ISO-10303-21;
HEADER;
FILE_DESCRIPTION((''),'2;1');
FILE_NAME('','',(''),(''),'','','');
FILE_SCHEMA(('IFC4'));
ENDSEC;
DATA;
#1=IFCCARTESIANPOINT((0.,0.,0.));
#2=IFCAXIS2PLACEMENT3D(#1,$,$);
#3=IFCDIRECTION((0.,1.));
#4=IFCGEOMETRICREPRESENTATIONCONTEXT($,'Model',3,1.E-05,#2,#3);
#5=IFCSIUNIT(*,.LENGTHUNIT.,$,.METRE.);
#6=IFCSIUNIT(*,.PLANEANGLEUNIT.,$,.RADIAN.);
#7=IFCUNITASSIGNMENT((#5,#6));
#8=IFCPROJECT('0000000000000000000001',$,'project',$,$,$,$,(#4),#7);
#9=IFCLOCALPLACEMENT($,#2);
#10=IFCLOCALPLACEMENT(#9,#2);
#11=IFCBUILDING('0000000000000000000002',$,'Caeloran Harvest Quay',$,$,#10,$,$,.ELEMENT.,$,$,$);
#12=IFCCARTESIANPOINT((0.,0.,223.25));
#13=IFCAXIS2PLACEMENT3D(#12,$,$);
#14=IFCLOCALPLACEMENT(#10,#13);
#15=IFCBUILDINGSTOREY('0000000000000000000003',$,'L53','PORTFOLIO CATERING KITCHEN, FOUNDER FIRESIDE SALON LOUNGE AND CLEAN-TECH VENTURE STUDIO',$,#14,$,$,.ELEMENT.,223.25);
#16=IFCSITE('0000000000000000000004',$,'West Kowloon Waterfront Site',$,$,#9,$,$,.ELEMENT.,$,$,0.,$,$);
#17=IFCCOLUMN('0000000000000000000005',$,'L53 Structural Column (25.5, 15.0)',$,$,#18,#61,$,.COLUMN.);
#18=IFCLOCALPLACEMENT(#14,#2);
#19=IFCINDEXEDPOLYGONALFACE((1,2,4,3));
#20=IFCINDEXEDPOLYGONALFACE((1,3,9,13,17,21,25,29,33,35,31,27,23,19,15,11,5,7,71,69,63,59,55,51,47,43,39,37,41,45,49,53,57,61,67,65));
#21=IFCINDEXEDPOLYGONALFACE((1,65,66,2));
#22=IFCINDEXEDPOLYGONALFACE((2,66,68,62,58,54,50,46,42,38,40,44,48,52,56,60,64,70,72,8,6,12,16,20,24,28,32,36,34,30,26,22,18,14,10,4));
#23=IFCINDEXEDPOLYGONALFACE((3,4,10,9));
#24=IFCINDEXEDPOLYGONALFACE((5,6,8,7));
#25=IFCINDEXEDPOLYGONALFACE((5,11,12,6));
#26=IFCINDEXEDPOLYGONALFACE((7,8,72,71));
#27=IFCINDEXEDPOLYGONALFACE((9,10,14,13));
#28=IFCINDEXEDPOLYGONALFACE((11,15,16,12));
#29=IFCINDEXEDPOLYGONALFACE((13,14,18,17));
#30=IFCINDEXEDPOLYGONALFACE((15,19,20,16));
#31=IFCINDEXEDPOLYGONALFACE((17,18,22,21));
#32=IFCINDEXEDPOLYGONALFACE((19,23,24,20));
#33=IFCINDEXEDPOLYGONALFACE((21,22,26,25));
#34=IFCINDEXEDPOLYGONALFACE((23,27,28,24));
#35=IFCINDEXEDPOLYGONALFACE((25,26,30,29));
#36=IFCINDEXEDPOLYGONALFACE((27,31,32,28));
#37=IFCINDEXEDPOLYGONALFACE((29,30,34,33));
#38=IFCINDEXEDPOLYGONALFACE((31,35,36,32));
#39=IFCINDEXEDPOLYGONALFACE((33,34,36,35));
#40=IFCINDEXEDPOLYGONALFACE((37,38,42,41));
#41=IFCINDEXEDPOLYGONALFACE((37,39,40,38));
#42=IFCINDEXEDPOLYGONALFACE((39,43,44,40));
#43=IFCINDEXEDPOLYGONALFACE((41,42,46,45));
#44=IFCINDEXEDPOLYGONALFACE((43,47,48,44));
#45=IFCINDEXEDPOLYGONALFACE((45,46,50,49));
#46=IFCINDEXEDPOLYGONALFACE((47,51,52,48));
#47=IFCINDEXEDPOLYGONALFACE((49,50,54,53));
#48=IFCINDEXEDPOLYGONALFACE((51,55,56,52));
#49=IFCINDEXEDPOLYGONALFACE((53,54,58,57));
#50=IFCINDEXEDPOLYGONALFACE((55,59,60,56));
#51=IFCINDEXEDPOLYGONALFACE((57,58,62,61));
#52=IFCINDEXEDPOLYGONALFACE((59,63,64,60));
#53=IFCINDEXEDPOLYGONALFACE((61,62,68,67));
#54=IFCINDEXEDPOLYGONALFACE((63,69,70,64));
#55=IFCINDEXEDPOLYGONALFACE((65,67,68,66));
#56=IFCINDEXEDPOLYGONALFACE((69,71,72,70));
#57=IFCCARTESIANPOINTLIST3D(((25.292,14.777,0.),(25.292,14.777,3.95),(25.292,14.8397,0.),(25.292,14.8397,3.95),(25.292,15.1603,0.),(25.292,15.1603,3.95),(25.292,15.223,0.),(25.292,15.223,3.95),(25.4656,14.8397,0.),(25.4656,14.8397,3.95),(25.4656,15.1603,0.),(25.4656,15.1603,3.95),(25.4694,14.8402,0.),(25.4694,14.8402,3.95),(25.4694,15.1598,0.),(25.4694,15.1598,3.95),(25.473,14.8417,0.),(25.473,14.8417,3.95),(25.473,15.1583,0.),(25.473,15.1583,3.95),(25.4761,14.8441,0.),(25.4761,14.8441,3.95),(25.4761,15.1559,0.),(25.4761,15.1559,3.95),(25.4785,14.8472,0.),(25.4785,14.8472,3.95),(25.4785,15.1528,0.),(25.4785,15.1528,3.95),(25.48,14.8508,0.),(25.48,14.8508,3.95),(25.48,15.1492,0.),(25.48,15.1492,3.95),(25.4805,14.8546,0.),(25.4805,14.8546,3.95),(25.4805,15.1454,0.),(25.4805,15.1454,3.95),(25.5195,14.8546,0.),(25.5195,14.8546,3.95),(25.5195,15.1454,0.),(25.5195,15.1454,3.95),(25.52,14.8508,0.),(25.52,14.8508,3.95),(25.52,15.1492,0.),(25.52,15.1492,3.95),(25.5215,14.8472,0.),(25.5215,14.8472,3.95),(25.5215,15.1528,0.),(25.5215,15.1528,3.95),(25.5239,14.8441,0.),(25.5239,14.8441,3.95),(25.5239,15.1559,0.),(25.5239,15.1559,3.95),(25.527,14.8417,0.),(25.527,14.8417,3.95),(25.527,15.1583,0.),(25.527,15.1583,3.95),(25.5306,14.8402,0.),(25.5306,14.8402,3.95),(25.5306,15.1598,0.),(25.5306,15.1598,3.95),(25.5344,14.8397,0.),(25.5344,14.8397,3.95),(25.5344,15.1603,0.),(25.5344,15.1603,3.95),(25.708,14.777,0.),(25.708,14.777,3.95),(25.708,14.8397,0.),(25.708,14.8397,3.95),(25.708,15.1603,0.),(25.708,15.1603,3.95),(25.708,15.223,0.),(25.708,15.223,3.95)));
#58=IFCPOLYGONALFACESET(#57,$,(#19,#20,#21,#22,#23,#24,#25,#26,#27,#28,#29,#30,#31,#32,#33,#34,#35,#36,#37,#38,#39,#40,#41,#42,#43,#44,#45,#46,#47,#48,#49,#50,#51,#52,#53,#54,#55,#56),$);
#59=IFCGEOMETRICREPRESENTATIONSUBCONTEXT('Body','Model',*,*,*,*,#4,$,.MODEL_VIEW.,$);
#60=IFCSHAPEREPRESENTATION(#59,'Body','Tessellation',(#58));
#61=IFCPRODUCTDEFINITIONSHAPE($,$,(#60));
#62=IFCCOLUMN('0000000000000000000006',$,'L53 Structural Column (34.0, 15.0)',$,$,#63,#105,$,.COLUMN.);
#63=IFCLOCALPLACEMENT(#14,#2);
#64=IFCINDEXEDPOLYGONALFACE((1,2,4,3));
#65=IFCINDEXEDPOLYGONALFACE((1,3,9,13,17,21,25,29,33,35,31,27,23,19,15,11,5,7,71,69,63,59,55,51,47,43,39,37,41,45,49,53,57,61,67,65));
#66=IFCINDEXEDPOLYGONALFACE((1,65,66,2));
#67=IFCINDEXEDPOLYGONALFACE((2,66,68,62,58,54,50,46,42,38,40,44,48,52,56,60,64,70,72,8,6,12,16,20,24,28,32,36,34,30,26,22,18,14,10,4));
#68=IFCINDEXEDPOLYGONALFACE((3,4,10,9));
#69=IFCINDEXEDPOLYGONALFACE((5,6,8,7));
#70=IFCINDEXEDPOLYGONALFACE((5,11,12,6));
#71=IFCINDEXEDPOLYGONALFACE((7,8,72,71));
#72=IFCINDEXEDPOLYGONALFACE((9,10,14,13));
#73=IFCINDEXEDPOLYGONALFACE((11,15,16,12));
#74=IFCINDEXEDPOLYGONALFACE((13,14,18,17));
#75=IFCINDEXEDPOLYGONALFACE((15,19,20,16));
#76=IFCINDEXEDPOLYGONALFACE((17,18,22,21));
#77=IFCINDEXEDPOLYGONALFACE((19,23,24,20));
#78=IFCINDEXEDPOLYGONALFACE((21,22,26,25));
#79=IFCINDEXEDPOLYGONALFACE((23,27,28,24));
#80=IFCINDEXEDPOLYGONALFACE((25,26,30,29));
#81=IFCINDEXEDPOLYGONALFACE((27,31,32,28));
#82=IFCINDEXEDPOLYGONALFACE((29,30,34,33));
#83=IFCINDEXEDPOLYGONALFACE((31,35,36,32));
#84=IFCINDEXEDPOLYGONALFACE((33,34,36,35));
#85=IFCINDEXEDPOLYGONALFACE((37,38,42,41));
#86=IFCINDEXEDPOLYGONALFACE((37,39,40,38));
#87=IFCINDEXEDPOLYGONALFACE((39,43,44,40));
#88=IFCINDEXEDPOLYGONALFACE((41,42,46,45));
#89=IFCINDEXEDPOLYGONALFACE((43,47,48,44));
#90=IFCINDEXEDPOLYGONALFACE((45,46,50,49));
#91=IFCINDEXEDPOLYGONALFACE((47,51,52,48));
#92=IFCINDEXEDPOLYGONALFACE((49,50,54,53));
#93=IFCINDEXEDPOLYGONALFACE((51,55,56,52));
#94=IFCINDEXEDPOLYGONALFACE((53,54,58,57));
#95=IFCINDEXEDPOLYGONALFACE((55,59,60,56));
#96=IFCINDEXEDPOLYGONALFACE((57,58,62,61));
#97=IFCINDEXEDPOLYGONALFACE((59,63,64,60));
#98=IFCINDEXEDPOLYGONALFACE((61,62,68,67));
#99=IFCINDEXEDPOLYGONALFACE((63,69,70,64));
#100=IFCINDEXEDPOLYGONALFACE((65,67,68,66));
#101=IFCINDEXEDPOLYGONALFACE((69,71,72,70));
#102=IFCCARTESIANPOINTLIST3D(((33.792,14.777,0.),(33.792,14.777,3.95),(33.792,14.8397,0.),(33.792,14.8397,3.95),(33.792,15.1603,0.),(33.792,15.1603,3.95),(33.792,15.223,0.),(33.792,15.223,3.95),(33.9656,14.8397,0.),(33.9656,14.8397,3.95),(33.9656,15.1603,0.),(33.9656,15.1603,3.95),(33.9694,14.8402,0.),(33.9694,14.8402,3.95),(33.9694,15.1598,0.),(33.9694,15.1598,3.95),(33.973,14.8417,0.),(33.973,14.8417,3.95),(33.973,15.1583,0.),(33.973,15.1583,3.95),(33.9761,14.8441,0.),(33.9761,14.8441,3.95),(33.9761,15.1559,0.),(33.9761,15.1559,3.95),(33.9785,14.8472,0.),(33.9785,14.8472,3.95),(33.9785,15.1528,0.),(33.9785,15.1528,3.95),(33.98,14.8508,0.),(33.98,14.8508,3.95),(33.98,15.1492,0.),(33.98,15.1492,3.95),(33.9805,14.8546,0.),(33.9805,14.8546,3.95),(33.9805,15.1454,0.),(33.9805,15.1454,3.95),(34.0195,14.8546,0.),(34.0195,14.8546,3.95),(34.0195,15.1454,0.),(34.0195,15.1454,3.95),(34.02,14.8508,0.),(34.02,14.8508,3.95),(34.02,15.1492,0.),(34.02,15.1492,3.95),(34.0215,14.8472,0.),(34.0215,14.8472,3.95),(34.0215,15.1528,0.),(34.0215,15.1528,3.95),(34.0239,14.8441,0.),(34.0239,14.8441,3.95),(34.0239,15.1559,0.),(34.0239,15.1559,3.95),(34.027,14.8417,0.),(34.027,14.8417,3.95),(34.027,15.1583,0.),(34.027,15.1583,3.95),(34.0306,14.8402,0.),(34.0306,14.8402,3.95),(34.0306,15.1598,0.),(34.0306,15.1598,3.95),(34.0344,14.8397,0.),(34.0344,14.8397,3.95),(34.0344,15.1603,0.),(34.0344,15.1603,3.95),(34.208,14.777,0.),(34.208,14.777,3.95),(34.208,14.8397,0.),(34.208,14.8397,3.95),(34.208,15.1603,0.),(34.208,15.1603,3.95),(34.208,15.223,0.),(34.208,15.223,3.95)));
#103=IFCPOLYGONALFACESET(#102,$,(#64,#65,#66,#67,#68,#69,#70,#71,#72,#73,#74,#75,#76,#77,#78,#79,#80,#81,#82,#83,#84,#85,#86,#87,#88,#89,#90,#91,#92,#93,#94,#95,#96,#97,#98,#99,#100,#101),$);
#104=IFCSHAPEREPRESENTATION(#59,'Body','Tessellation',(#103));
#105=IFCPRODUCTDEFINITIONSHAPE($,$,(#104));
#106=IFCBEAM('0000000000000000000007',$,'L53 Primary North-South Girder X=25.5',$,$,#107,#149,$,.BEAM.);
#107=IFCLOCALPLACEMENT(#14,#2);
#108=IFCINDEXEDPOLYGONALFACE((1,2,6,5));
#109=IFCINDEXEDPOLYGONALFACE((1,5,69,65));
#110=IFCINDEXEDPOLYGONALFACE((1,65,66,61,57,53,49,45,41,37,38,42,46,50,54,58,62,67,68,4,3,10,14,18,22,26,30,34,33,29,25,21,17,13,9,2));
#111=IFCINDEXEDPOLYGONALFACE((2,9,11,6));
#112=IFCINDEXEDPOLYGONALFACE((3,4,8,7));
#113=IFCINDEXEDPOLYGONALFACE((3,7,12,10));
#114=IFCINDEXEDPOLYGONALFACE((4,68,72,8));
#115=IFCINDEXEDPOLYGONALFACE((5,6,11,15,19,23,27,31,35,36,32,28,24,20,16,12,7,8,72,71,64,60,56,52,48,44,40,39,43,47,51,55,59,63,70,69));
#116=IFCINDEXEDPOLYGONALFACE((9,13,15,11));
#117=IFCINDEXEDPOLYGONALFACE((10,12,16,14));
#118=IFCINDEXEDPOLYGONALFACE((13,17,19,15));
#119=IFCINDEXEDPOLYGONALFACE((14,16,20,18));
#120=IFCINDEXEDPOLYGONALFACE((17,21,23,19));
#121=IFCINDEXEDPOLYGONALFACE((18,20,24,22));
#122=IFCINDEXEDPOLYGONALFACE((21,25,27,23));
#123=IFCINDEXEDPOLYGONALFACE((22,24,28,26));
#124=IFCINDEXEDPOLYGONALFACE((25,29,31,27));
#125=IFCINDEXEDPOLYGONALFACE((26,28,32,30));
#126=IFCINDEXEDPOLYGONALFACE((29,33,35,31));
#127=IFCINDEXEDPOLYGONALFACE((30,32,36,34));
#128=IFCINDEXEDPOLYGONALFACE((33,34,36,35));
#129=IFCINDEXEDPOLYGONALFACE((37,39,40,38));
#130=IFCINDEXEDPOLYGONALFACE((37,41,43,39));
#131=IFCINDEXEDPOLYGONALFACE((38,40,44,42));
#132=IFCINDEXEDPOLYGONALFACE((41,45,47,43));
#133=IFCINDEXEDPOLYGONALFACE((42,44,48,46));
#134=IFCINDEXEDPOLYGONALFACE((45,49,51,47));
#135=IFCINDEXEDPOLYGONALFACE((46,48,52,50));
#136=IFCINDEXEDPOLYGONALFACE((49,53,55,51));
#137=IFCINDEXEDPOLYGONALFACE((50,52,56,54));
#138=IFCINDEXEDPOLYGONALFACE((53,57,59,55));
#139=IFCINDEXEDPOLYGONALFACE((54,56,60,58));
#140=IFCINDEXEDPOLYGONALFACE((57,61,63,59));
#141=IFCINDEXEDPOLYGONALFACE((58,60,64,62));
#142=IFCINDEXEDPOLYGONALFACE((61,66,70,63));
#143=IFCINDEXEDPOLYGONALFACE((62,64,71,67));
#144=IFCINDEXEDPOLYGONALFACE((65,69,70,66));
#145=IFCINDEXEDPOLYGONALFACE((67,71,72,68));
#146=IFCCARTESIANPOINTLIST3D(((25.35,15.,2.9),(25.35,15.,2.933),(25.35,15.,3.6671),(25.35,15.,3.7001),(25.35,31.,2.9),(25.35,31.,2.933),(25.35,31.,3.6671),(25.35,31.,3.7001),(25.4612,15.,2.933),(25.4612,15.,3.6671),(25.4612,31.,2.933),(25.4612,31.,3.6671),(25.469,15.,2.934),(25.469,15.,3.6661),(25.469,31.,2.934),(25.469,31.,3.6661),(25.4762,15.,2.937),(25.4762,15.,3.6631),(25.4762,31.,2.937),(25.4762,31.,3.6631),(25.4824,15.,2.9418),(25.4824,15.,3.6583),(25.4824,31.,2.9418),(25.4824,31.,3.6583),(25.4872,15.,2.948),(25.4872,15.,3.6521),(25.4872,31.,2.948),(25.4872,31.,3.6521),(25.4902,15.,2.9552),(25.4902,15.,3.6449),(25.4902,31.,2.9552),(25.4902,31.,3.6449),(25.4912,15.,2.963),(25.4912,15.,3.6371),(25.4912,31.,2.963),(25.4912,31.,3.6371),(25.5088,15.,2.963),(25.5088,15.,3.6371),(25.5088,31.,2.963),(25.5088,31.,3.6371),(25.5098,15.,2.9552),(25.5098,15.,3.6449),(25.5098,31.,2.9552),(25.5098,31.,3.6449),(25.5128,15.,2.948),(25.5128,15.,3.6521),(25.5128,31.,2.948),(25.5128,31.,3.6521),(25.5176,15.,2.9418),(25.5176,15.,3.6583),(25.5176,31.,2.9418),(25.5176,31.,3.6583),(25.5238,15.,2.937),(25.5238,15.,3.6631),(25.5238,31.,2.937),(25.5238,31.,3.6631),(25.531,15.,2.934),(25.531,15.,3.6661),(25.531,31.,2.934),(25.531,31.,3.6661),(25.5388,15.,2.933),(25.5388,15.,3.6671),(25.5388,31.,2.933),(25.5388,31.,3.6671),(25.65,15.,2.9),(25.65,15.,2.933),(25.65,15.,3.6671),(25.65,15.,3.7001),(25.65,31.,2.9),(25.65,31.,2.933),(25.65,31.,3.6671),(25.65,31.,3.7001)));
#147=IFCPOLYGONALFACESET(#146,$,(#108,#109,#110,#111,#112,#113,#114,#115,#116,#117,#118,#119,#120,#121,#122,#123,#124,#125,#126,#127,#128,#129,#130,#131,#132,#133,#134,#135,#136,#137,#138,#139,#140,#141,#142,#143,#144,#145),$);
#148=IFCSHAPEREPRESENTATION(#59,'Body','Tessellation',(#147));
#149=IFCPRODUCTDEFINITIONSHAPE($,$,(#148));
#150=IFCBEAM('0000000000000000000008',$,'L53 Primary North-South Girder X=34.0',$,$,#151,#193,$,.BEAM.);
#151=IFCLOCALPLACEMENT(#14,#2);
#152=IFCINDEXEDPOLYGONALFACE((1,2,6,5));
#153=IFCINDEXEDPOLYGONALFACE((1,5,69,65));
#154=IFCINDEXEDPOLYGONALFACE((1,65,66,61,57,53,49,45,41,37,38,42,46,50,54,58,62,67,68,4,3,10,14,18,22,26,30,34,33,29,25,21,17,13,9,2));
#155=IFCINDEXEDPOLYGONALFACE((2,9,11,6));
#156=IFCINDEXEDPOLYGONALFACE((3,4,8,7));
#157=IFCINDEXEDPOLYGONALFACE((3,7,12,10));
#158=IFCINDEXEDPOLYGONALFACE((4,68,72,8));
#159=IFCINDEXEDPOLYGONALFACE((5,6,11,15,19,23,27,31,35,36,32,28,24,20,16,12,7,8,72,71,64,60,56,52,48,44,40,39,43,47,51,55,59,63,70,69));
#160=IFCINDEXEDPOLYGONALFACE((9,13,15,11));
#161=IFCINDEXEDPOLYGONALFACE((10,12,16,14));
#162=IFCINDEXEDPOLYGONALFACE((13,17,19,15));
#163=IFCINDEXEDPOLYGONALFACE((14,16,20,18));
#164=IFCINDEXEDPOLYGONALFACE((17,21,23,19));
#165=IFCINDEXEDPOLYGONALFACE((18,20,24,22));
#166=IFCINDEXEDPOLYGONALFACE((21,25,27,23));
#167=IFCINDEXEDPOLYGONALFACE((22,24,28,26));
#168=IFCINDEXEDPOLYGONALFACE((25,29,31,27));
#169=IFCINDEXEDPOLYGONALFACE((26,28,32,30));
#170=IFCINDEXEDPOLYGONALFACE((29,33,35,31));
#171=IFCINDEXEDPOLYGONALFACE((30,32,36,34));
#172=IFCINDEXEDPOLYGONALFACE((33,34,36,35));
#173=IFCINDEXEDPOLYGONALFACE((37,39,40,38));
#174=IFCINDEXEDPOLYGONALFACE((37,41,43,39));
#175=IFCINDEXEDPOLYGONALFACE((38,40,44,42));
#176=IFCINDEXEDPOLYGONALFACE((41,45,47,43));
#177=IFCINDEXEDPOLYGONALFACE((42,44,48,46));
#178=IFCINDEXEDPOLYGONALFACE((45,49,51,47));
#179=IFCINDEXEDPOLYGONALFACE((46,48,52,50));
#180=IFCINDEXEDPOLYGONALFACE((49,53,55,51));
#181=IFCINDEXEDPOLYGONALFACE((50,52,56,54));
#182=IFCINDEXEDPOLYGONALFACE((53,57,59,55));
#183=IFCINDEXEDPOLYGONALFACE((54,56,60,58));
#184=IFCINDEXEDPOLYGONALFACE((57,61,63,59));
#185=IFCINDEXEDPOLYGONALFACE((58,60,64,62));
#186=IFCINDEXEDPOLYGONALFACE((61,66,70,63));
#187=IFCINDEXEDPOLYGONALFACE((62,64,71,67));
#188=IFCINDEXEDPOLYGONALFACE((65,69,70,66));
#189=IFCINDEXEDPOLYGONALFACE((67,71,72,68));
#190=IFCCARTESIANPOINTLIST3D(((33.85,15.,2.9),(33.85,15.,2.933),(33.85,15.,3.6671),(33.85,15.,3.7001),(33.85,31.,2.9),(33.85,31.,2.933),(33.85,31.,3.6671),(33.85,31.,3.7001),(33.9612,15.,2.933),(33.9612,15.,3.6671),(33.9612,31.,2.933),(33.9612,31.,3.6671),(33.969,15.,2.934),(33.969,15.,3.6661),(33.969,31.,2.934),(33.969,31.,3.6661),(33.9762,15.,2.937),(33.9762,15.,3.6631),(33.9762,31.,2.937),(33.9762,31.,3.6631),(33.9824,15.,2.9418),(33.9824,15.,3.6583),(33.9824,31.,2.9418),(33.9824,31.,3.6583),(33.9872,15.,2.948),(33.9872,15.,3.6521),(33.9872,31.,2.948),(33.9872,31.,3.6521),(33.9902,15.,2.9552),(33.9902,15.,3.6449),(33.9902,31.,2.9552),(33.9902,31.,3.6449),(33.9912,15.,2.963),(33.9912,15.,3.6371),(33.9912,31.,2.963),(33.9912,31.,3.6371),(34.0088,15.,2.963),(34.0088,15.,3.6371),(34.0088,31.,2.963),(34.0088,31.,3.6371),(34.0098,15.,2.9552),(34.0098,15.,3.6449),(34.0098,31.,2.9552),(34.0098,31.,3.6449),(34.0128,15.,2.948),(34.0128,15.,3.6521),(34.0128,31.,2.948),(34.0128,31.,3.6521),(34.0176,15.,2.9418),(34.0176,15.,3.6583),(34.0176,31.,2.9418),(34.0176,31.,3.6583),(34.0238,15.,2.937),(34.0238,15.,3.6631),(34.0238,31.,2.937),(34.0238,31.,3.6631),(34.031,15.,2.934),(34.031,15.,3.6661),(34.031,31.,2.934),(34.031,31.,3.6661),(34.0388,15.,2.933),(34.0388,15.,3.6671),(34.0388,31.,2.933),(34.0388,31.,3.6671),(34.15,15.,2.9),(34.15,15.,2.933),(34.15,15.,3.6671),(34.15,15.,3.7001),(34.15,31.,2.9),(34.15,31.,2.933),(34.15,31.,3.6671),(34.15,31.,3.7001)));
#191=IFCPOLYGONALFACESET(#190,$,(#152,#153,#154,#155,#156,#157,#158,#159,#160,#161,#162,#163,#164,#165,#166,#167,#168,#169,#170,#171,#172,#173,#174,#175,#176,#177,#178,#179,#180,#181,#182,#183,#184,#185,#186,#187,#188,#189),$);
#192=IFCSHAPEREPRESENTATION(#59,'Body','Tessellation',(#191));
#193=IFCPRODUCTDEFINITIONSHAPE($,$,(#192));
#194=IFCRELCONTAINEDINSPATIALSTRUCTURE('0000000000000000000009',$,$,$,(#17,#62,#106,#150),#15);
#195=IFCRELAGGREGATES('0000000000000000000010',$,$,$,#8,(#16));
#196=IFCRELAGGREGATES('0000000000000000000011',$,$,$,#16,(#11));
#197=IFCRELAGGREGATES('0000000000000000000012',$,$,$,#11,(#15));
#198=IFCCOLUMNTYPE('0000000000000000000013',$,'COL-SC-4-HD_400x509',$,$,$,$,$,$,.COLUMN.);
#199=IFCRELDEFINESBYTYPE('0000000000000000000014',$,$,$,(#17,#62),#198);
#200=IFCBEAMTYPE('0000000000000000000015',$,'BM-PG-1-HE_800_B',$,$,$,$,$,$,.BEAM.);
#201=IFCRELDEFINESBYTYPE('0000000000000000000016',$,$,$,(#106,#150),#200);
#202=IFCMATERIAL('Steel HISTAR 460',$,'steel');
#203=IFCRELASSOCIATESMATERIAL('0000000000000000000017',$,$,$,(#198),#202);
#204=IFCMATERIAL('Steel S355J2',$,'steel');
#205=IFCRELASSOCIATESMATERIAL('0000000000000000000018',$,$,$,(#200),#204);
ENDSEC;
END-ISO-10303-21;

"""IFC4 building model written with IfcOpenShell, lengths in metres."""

from ifc_helpers import new_model, si_unit, direction, frame, origin, origin_2d, place, context, subcontext, project, spatial, i_section, extrude, material, material_profile, profile_set, type_object, element, save


model = new_model("IFC4")

# Units and contexts
model_context = context("Model", 3, precision=1e-05, world=origin(), true_north=direction((0.0, 1.0)))
body_context = subcontext(model_context, "Body", "Model", "MODEL_VIEW")
ifc_project = project(units=[si_unit("LENGTHUNIT", "METRE"), si_unit("PLANEANGLEUNIT", "RADIAN")], contexts=[model_context])

# Site, building, storey
site_placement = place(None, origin())
site = spatial("IfcSite", under=ifc_project, at=site_placement, Name="West Kowloon Waterfront Site", CompositionType="ELEMENT", RefElevation=0.0)
building_placement = place(site_placement, origin())
building = spatial("IfcBuilding", under=site, at=building_placement, Name="Caeloran Harvest Quay", CompositionType="ELEMENT")
storey_placement = place(building_placement, frame((0.0, 0.0, 223.25)))
storey = spatial("IfcBuildingStorey", under=building, at=storey_placement, Name="L53", Description="PORTFOLIO CATERING KITCHEN, FOUNDER FIRESIDE SALON LOUNGE AND CLEAN-TECH VENTURE STUDIO", CompositionType="ELEMENT", Elevation=223.25)

# Columns
ifc_material_1 = material(Name="Steel HISTAR 460", Category="steel")
ifc_material_profile_1 = material_profile(ifc_material_1, i_section(OverallWidth=0.416, OverallDepth=0.446, WebThickness=0.0391, FlangeThickness=0.0627, FilletRadius=0.0149, at=origin_2d()), Name="HD 400x509")
ifc_profile_set_1 = profile_set([ifc_material_profile_1], Name="Steel HISTAR 460")
column_type = type_object("IfcColumnType", Name="COL-SC-4-HD_400x509", PredefinedType="COLUMN", material=ifc_profile_set_1)
for number, where, z_axis, x_axis, name in (
    (1, (25.5, 15.0, 0.0), (0.0, 0.0, 1.0), (1.0, 0.0, 0.0), "L53 Structural Column (25.5, 15.0)"),
    (2, (34.0, 15.0, 0.0), (0.0, 0.0, 1.0), (1.0, 0.0, 0.0), "L53 Structural Column (34.0, 15.0)"),
):
    element("IfcColumn", number, at=place(storey_placement, frame(where, z_axis=z_axis, x_axis=x_axis)), inside=storey, type_object=column_type, Name=name, PredefinedType="COLUMN", context=body_context, shape_type="SweptSolid", body=[
        extrude(i_section(OverallWidth=0.416, OverallDepth=0.446, WebThickness=0.0391, FlangeThickness=0.0627, FilletRadius=0.0149, at=origin_2d()), origin(), (0.0, 0.0, 1.0), 3.95),
    ])

# Beams
ifc_material_2 = material(Name="Steel S355J2", Category="steel")
ifc_material_profile_2 = material_profile(ifc_material_2, i_section(OverallWidth=0.3, OverallDepth=0.8, WebThickness=0.0176, FlangeThickness=0.033, FilletRadius=0.03, at=origin_2d()), Name="HE 800 B")
ifc_profile_set_2 = profile_set([ifc_material_profile_2], Name="Steel S355J2")
beam_type_1 = type_object("IfcBeamType", Name="BM-PG-1-HE_800_B", PredefinedType="BEAM", material=ifc_profile_set_2)
for number, where, z_axis, x_axis, name in (
    (3, (25.5, 15.0, 3.3), (0.0, 1.0, 0.0), (-1.0, 0.0, 0.0), "L53 Primary North-South Girder X=25.5"),
    (4, (34.0, 15.0, 3.3), (0.0, 1.0, 0.0), (-1.0, 0.0, 0.0), "L53 Primary North-South Girder X=34.0"),
):
    element("IfcBeam", number, at=place(storey_placement, frame(where, z_axis=z_axis, x_axis=x_axis)), inside=storey, type_object=beam_type_1, Name=name, PredefinedType="BEAM", context=body_context, shape_type="SweptSolid", body=[
        extrude(i_section(OverallWidth=0.3, OverallDepth=0.8, WebThickness=0.0176, FlangeThickness=0.033, FilletRadius=0.03, at=origin_2d()), origin(), (0.0, 0.0, 1.0), 16.0),
    ])

save(model, "model.ifc")
